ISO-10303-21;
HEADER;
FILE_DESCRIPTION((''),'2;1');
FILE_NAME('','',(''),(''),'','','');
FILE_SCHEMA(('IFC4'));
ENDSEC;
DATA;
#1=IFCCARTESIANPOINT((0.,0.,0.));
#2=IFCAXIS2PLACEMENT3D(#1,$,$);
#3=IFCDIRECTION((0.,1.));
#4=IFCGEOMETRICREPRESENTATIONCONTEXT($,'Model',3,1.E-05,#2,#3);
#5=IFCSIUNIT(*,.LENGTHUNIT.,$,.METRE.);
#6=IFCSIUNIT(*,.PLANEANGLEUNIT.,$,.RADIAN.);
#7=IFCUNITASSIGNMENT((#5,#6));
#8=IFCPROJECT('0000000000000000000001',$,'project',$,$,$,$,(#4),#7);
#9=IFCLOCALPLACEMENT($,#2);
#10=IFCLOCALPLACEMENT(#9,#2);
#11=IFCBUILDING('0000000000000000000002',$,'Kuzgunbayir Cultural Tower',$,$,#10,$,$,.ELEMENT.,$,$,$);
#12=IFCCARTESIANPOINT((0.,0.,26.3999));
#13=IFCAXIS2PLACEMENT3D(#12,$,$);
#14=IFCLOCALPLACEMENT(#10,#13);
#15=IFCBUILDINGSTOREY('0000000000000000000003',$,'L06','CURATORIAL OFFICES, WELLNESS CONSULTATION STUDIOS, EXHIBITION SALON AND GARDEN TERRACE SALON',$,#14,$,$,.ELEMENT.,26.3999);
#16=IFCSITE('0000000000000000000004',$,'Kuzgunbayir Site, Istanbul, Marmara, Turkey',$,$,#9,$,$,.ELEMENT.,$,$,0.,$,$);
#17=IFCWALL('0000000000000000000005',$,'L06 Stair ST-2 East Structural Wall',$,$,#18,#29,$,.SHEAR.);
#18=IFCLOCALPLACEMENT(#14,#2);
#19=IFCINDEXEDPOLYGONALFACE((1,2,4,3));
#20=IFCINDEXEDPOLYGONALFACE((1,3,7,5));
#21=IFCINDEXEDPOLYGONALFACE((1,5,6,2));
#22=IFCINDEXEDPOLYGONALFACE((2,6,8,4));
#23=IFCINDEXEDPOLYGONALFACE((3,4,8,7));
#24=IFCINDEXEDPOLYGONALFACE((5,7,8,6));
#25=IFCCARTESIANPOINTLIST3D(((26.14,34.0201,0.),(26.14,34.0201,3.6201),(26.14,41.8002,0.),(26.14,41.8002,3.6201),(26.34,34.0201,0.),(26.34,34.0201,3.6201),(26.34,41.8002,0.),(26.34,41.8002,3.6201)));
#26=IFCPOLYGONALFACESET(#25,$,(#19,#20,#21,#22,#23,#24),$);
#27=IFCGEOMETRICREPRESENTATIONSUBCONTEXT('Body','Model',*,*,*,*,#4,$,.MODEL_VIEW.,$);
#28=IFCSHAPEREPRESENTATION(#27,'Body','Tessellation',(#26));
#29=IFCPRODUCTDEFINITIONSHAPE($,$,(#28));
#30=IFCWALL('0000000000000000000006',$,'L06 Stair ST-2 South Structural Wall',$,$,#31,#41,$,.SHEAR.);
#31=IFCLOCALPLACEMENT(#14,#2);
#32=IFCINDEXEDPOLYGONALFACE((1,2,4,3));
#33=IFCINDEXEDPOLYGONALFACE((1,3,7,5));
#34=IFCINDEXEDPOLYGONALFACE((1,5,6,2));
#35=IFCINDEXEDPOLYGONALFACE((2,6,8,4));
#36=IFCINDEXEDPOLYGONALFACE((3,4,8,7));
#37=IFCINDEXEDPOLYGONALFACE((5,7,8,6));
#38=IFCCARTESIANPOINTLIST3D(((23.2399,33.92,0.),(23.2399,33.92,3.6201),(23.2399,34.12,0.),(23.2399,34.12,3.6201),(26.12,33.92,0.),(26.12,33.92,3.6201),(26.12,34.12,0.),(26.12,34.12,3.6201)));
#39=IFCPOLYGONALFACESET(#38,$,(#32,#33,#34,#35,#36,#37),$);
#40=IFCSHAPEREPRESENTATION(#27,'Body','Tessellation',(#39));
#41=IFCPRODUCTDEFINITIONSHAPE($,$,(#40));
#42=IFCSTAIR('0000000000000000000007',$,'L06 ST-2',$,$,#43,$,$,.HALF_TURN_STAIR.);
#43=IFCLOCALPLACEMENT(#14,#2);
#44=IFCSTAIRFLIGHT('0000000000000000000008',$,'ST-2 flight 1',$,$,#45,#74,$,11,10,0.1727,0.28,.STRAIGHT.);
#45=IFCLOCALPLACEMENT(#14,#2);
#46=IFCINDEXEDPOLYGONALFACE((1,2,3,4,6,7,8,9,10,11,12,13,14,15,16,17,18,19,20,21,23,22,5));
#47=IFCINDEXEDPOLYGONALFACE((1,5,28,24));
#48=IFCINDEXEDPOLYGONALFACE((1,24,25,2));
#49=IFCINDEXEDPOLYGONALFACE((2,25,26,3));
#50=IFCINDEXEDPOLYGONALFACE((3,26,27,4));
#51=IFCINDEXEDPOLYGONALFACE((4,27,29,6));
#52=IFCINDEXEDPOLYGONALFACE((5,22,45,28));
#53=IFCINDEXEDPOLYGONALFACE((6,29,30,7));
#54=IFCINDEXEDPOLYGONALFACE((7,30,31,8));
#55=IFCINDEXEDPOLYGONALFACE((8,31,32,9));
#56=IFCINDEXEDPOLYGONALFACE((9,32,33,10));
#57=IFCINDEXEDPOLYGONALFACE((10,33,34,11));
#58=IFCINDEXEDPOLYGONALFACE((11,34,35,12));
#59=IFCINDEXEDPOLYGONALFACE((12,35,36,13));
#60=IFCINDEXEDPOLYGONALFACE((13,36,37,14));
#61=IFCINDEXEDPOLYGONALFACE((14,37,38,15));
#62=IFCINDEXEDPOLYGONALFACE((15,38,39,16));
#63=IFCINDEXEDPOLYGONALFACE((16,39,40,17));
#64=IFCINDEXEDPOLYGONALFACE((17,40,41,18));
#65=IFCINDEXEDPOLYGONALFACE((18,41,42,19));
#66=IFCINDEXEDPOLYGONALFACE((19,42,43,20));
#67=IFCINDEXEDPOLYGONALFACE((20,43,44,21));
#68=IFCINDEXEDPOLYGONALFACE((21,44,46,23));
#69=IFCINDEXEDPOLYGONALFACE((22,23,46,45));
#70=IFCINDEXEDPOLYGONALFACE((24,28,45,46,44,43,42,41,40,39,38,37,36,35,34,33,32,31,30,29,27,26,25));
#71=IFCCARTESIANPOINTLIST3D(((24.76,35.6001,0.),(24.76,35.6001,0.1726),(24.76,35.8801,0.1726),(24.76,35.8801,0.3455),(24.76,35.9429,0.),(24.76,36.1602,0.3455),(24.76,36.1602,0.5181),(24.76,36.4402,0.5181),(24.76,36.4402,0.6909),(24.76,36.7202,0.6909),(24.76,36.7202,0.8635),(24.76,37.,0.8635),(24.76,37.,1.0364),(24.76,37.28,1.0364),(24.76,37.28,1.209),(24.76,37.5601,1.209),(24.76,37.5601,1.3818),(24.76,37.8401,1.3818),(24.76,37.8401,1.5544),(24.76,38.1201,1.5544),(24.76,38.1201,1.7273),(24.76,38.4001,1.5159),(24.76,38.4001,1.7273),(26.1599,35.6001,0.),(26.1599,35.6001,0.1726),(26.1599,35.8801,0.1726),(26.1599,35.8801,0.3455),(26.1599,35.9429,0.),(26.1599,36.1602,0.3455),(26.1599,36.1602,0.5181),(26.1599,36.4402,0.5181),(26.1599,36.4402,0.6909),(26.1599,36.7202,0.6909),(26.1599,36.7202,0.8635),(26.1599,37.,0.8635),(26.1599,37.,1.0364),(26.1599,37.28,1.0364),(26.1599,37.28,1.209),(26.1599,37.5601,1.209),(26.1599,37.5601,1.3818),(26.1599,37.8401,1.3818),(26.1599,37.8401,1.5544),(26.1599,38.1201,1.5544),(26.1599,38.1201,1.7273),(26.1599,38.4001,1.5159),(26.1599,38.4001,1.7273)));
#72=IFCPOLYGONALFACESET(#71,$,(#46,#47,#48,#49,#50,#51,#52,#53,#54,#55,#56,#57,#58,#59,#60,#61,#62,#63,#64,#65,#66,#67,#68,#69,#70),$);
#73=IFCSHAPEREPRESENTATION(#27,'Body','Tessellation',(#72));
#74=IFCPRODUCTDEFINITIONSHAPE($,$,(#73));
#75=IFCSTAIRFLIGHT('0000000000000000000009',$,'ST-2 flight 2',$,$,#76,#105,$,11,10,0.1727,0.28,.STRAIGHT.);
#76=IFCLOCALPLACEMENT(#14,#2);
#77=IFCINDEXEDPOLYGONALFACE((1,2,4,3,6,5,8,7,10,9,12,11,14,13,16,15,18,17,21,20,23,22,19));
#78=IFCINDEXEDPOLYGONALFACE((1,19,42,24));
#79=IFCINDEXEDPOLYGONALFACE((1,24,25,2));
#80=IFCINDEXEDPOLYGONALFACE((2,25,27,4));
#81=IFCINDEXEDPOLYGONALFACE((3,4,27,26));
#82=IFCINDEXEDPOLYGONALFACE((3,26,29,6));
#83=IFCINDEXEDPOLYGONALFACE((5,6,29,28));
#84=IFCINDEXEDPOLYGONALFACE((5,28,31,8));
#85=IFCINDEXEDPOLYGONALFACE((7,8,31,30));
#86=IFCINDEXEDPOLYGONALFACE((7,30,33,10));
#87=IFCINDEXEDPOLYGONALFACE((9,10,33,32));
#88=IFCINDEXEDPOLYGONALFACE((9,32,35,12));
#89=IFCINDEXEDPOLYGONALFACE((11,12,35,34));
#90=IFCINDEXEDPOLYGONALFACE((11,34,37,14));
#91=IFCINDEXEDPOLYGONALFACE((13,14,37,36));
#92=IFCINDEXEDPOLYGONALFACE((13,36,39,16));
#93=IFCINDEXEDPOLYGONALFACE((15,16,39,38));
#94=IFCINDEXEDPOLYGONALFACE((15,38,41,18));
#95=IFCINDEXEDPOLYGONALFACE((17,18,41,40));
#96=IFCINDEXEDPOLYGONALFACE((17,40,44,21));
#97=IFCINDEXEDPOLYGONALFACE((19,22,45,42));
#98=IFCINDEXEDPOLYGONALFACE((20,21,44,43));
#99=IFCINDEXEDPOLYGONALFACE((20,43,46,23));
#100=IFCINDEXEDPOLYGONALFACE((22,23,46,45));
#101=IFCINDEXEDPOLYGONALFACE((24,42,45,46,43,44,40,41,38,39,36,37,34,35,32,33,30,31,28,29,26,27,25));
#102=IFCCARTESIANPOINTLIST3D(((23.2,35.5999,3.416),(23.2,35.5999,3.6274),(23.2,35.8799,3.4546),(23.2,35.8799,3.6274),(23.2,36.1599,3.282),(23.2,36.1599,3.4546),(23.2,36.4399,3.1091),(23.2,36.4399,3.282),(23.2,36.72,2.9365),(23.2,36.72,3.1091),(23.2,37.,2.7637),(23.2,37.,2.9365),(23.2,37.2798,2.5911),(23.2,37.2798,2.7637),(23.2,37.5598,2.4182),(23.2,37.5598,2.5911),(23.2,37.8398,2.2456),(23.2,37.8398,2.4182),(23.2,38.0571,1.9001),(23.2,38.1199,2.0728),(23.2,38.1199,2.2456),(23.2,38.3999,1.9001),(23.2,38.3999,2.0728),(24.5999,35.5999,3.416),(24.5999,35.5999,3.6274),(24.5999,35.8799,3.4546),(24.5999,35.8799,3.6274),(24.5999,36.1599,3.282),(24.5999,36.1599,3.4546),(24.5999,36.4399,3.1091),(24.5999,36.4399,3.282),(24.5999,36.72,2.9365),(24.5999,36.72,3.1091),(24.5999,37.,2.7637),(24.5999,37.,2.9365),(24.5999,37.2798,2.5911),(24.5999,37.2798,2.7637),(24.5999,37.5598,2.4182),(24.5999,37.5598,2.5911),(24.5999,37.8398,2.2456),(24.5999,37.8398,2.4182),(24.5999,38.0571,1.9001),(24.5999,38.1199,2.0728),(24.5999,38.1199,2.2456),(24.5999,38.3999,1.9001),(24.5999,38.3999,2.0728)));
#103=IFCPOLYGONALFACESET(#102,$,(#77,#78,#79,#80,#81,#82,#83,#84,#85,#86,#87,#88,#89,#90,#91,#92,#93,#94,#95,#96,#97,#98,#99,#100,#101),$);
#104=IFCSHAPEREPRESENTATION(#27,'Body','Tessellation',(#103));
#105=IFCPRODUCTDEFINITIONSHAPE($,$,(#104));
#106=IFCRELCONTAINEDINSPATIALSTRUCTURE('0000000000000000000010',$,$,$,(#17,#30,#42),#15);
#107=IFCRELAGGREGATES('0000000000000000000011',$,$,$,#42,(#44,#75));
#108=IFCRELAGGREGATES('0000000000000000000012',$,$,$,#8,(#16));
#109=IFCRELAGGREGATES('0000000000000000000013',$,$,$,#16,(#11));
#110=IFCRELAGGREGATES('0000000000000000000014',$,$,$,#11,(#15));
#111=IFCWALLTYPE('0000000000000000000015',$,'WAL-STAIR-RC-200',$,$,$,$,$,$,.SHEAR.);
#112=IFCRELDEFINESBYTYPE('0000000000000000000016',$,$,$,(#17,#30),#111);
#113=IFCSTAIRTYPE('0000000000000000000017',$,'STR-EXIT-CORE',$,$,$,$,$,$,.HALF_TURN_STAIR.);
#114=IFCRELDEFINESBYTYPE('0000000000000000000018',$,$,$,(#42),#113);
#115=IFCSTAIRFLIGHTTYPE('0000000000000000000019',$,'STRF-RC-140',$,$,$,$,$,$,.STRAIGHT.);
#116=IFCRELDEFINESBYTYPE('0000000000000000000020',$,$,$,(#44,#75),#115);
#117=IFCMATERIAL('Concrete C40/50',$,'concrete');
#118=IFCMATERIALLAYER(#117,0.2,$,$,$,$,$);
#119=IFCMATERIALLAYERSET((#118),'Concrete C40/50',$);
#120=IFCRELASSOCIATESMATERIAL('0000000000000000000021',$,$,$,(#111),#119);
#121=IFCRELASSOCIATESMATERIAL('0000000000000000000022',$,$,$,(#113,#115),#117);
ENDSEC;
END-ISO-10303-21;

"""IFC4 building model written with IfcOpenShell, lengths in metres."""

from ifc_helpers import new_model, si_unit, direction, frame, frame_2d, origin, place, context, subcontext, project, spatial, polyline, rectangle, outline, extrude, material, layer, layer_set, type_object, element, aggregate, save


model = new_model("IFC4")

# Units and contexts
model_context = context("Model", 3, precision=1e-05, world=origin(), true_north=direction((0.0, 1.0)))
body_context = subcontext(model_context, "Body", "Model", "MODEL_VIEW")
ifc_project = project(units=[si_unit("LENGTHUNIT", "METRE"), si_unit("PLANEANGLEUNIT", "RADIAN")], contexts=[model_context])

# Site, building, storey
site_placement = place(None, origin())
site = spatial("IfcSite", under=ifc_project, at=site_placement, Name="Kuzgunbayir Site, Istanbul, Marmara, Turkey", CompositionType="ELEMENT", RefElevation=0.0)
building_placement = place(site_placement, origin())
building = spatial("IfcBuilding", under=site, at=building_placement, Name="Kuzgunbayir Cultural Tower", CompositionType="ELEMENT")
storey_placement = place(building_placement, frame((0.0, 0.0, 26.3999)))
storey = spatial("IfcBuildingStorey", under=building, at=storey_placement, Name="L06", Description="CURATORIAL OFFICES, WELLNESS CONSULTATION STUDIOS, EXHIBITION SALON AND GARDEN TERRACE SALON", CompositionType="ELEMENT", Elevation=26.3999)

# Shared definitions
ifc_material_1 = material(Name="Concrete C40/50", Category="concrete")

# Shared definitions
ifc_layer_1 = layer(ifc_material_1, 0.2)
ifc_layer_set_1 = layer_set([ifc_layer_1], Name="Concrete C40/50")
wall_type_1 = type_object("IfcWallType", Name="WAL-STAIR-RC-200", PredefinedType="SHEAR", material=ifc_layer_set_1)

# Walls
wall_1_placement = place(storey_placement, frame((26.24, 34.02, 0.0), z_axis=(0.0, 0.0, 1.0), x_axis=(0.0, 1.0, 0.0)))
element("IfcWall", 1, at=wall_1_placement, inside=storey, type_object=wall_type_1, Name="L06 Stair ST-2 East Structural Wall", PredefinedType="SHEAR", context=body_context, shape_type="SweptSolid", body=[
    extrude(rectangle(XDim=7.78, YDim=0.2, at=frame_2d((3.8901, 0.0))), origin(), (0.0, 0.0, 1.0), 3.6201),
])
wall_2_placement = place(storey_placement, frame((23.24, 34.02, 0.0), z_axis=(0.0, 0.0, 1.0), x_axis=(1.0, 0.0, 0.0)))
element("IfcWall", 2, at=wall_2_placement, inside=storey, type_object=wall_type_1, Name="L06 Stair ST-2 South Structural Wall", PredefinedType="SHEAR", context=body_context, shape_type="SweptSolid", body=[
    extrude(rectangle(XDim=2.8801, YDim=0.2, at=frame_2d((1.4399, 0.0))), origin(), (0.0, 0.0, 1.0), 3.6201),
])

# Stair, stair flights
stair_type = type_object("IfcStairType", Name="STR-EXIT-CORE", PredefinedType="HALF_TURN_STAIR", material=ifc_material_1)
stair_placement = place(storey_placement, origin())
stair = element("IfcStair", 3, at=stair_placement, inside=storey, type_object=stair_type, Name="L06 ST-2", PredefinedType="HALF_TURN_STAIR")
stair_flight_type = type_object("IfcStairFlightType", Name="STRF-RC-140", PredefinedType="STRAIGHT", material=ifc_material_1)
stair_flight_1_placement = place(storey_placement, frame((25.46, 35.6001, 0.0), z_axis=(0.0, 0.0, 1.0), x_axis=(0.0, 1.0, 0.0)))
stair_flight_1 = element("IfcStairFlight", 4, at=stair_flight_1_placement, type_object=stair_flight_type, Name="ST-2 flight 1", NumberOfRisers=11, NumberOfTreads=10, PredefinedType="STRAIGHT", RiserHeight=0.1727, TreadLength=0.28, context=body_context, shape_type="SweptSolid", body=[
    extrude(outline(polyline([(0.0, 0.0), (0.0, 0.1726), (0.28, 0.1726), (0.28, 0.3455), (0.5601, 0.3455), (0.5601, 0.5181), (0.8401, 0.5181), (0.8401, 0.6909), (1.1201, 0.6909), (1.1201, 0.8635), (1.3999, 0.8635), (1.3999, 1.0364), (1.6799, 1.0364), (1.6799, 1.209), (1.96, 1.209), (1.96, 1.3818), (2.24, 1.3818), (2.24, 1.5544), (2.52, 1.5544), (2.52, 1.7273), (2.8, 1.7273), (2.8, 1.8999), (2.8, 1.5159), (0.3428, 0.0), (0.0, 0.0)])), frame((0.0, 0.7, 0.0), z_axis=(0.0, -1.0, 0.0), x_axis=(1.0, 0.0, 0.0)), (0.0, 0.0, 1.0), 1.3999),
])
stair_flight_2_placement = place(storey_placement, frame((23.8999, 38.3999, 1.9001), z_axis=(0.0, 0.0, 1.0), x_axis=(0.0, -1.0, 0.0)))
stair_flight_2 = element("IfcStairFlight", 5, at=stair_flight_2_placement, type_object=stair_flight_type, Name="ST-2 flight 2", NumberOfRisers=11, NumberOfTreads=10, PredefinedType="STRAIGHT", RiserHeight=0.1727, TreadLength=0.28, context=body_context, shape_type="SweptSolid", body=[
    extrude(outline(polyline([(0.0, 0.0), (0.0, 0.1726), (0.28, 0.1726), (0.28, 0.3455), (0.5601, 0.3455), (0.5601, 0.5181), (0.8401, 0.5181), (0.8401, 0.6909), (1.1201, 0.6909), (1.1201, 0.8635), (1.3999, 0.8635), (1.3999, 1.0364), (1.6799, 1.0364), (1.6799, 1.209), (1.96, 1.209), (1.96, 1.3818), (2.24, 1.3818), (2.24, 1.5544), (2.52, 1.5544), (2.52, 1.7273), (2.8, 1.7273), (2.8, 1.8999), (2.8, 1.5159), (0.3428, 0.0), (0.0, 0.0)])), frame((0.0, 0.7, 0.0), z_axis=(0.0, -1.0, 0.0), x_axis=(1.0, 0.0, 0.0)), (0.0, 0.0, 1.0), 1.3999),
])
aggregate(stair, [stair_flight_1, stair_flight_2])

save(model, "model.ifc")
